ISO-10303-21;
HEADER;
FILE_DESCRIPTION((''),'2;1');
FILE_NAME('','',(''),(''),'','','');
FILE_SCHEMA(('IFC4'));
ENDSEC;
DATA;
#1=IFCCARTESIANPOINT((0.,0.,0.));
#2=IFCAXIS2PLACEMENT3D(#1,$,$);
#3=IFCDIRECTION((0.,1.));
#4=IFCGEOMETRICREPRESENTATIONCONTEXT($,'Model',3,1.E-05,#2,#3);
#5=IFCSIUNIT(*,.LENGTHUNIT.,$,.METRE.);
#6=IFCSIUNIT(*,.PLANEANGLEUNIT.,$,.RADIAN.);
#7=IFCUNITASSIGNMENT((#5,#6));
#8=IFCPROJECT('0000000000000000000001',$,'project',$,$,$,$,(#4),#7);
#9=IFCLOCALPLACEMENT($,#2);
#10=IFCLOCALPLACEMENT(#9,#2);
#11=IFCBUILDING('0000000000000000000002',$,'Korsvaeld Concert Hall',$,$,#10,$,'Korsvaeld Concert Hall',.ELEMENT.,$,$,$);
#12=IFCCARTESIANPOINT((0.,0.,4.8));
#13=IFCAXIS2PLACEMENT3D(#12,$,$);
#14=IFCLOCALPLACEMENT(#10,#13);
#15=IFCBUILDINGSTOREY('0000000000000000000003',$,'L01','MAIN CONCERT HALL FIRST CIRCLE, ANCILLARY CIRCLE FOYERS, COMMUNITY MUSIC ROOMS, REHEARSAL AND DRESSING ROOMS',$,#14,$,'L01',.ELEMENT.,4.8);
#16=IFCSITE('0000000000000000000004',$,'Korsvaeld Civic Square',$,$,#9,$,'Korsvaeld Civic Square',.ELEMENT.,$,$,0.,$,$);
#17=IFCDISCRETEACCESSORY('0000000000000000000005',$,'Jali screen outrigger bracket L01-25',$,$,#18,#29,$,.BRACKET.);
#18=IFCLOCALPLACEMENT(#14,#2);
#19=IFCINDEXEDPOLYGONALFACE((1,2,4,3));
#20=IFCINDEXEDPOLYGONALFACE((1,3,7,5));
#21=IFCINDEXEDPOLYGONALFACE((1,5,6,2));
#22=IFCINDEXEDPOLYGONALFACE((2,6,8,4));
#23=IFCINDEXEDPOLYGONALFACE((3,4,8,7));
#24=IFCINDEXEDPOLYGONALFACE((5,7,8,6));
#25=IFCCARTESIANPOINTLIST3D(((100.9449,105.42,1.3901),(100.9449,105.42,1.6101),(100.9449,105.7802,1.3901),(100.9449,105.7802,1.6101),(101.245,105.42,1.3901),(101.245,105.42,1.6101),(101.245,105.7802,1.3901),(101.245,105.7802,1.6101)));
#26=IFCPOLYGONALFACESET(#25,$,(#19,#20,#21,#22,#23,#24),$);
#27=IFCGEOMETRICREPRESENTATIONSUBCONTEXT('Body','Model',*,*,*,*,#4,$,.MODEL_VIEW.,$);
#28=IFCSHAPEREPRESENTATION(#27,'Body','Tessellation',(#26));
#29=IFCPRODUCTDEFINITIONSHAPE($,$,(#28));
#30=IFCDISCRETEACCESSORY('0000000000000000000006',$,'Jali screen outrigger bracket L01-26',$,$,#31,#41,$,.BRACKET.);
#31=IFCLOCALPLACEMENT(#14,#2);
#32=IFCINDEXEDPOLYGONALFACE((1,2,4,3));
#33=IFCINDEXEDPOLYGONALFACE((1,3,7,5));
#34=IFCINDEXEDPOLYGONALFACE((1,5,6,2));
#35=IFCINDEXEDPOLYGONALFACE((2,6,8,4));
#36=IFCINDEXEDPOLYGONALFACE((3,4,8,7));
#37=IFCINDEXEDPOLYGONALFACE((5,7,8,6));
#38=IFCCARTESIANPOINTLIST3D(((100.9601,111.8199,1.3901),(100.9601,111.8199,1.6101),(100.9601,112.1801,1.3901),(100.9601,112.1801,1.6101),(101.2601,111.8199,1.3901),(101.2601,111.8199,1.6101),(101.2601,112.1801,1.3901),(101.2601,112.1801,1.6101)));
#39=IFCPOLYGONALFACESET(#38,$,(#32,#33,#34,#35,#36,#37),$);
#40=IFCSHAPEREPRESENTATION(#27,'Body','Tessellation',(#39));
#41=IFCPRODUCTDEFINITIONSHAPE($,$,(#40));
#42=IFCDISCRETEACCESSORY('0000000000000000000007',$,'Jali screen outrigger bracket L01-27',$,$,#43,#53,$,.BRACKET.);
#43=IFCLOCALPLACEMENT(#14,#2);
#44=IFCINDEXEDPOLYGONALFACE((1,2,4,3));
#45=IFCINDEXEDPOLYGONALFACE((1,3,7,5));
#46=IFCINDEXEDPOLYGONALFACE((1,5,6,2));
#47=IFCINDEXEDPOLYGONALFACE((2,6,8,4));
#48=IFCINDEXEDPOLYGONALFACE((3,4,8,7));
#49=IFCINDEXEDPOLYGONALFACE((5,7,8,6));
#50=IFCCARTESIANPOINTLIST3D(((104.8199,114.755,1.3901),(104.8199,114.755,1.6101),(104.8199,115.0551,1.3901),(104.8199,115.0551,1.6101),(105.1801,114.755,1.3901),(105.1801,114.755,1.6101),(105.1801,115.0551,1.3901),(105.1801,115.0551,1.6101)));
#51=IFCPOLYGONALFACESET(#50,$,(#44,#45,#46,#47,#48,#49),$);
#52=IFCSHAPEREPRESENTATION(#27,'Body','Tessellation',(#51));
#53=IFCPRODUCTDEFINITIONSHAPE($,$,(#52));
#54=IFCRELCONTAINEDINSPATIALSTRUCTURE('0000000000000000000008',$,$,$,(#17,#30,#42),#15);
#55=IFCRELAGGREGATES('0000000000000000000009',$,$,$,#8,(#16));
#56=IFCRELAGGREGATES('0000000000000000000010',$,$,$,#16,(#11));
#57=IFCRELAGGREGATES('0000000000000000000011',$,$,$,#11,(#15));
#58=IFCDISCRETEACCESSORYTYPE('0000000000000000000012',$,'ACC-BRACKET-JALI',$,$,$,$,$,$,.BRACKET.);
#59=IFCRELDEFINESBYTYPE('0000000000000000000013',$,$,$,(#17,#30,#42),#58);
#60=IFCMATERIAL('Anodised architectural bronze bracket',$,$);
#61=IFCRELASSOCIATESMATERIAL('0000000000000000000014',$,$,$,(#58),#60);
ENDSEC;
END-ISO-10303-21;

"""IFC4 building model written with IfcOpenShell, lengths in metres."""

from ifc_helpers import new_model, si_unit, direction, frame, origin, origin_2d, place, context, subcontext, project, spatial, rectangle, extrude, material, type_object, element, save


model = new_model("IFC4")

# Units and contexts
model_context = context("Model", 3, precision=1e-05, world=origin(), true_north=direction((0.0, 1.0)))
body_context = subcontext(model_context, "Body", "Model", "MODEL_VIEW")
ifc_project = project(units=[si_unit("LENGTHUNIT", "METRE"), si_unit("PLANEANGLEUNIT", "RADIAN")], contexts=[model_context])

# Site, building, storey
site_placement = place(None, origin())
site = spatial("IfcSite", under=ifc_project, at=site_placement, Name="Korsvaeld Civic Square", LongName="Korsvaeld Civic Square", CompositionType="ELEMENT", RefElevation=0.0)
building_placement = place(site_placement, origin())
building = spatial("IfcBuilding", under=site, at=building_placement, Name="Korsvaeld Concert Hall", LongName="Korsvaeld Concert Hall", CompositionType="ELEMENT")
storey_placement = place(building_placement, frame((0.0, 0.0, 4.8)))
storey = spatial("IfcBuildingStorey", under=building, at=storey_placement, Name="L01", Description="MAIN CONCERT HALL FIRST CIRCLE, ANCILLARY CIRCLE FOYERS, COMMUNITY MUSIC ROOMS, REHEARSAL AND DRESSING ROOMS", LongName="L01", CompositionType="ELEMENT", Elevation=4.8)

# Discrete accessories
ifc_material_1 = material(Name="Anodised architectural bronze bracket")
discrete_accessory_type = type_object("IfcDiscreteAccessoryType", Name="ACC-BRACKET-JALI", PredefinedType="BRACKET", material=ifc_material_1)
for number, where, z_axis, x_axis, name in (
    (1, (101.095, 105.6001, 1.3901), (0.0, 0.0, 1.0), (0.0, 1.0, 0.0), "Jali screen outrigger bracket L01-25"),
    (2, (101.1101, 112.0, 1.3901), (0.0, 0.0, 1.0), (0.0, 1.0, 0.0), "Jali screen outrigger bracket L01-26"),
    (3, (105.0, 114.905, 1.3901), (0.0, 0.0, 1.0), (1.0, 0.0, 0.0), "Jali screen outrigger bracket L01-27"),
):
    element("IfcDiscreteAccessory", number, at=place(storey_placement, frame(where, z_axis=z_axis, x_axis=x_axis)), inside=storey, type_object=discrete_accessory_type, Name=name, PredefinedType="BRACKET", context=body_context, shape_type="SweptSolid", body=[
        extrude(rectangle(XDim=0.3601, YDim=0.3, at=origin_2d()), origin(), (0.0, 0.0, 1.0), 0.22),
    ])

save(model, "model.ifc")
